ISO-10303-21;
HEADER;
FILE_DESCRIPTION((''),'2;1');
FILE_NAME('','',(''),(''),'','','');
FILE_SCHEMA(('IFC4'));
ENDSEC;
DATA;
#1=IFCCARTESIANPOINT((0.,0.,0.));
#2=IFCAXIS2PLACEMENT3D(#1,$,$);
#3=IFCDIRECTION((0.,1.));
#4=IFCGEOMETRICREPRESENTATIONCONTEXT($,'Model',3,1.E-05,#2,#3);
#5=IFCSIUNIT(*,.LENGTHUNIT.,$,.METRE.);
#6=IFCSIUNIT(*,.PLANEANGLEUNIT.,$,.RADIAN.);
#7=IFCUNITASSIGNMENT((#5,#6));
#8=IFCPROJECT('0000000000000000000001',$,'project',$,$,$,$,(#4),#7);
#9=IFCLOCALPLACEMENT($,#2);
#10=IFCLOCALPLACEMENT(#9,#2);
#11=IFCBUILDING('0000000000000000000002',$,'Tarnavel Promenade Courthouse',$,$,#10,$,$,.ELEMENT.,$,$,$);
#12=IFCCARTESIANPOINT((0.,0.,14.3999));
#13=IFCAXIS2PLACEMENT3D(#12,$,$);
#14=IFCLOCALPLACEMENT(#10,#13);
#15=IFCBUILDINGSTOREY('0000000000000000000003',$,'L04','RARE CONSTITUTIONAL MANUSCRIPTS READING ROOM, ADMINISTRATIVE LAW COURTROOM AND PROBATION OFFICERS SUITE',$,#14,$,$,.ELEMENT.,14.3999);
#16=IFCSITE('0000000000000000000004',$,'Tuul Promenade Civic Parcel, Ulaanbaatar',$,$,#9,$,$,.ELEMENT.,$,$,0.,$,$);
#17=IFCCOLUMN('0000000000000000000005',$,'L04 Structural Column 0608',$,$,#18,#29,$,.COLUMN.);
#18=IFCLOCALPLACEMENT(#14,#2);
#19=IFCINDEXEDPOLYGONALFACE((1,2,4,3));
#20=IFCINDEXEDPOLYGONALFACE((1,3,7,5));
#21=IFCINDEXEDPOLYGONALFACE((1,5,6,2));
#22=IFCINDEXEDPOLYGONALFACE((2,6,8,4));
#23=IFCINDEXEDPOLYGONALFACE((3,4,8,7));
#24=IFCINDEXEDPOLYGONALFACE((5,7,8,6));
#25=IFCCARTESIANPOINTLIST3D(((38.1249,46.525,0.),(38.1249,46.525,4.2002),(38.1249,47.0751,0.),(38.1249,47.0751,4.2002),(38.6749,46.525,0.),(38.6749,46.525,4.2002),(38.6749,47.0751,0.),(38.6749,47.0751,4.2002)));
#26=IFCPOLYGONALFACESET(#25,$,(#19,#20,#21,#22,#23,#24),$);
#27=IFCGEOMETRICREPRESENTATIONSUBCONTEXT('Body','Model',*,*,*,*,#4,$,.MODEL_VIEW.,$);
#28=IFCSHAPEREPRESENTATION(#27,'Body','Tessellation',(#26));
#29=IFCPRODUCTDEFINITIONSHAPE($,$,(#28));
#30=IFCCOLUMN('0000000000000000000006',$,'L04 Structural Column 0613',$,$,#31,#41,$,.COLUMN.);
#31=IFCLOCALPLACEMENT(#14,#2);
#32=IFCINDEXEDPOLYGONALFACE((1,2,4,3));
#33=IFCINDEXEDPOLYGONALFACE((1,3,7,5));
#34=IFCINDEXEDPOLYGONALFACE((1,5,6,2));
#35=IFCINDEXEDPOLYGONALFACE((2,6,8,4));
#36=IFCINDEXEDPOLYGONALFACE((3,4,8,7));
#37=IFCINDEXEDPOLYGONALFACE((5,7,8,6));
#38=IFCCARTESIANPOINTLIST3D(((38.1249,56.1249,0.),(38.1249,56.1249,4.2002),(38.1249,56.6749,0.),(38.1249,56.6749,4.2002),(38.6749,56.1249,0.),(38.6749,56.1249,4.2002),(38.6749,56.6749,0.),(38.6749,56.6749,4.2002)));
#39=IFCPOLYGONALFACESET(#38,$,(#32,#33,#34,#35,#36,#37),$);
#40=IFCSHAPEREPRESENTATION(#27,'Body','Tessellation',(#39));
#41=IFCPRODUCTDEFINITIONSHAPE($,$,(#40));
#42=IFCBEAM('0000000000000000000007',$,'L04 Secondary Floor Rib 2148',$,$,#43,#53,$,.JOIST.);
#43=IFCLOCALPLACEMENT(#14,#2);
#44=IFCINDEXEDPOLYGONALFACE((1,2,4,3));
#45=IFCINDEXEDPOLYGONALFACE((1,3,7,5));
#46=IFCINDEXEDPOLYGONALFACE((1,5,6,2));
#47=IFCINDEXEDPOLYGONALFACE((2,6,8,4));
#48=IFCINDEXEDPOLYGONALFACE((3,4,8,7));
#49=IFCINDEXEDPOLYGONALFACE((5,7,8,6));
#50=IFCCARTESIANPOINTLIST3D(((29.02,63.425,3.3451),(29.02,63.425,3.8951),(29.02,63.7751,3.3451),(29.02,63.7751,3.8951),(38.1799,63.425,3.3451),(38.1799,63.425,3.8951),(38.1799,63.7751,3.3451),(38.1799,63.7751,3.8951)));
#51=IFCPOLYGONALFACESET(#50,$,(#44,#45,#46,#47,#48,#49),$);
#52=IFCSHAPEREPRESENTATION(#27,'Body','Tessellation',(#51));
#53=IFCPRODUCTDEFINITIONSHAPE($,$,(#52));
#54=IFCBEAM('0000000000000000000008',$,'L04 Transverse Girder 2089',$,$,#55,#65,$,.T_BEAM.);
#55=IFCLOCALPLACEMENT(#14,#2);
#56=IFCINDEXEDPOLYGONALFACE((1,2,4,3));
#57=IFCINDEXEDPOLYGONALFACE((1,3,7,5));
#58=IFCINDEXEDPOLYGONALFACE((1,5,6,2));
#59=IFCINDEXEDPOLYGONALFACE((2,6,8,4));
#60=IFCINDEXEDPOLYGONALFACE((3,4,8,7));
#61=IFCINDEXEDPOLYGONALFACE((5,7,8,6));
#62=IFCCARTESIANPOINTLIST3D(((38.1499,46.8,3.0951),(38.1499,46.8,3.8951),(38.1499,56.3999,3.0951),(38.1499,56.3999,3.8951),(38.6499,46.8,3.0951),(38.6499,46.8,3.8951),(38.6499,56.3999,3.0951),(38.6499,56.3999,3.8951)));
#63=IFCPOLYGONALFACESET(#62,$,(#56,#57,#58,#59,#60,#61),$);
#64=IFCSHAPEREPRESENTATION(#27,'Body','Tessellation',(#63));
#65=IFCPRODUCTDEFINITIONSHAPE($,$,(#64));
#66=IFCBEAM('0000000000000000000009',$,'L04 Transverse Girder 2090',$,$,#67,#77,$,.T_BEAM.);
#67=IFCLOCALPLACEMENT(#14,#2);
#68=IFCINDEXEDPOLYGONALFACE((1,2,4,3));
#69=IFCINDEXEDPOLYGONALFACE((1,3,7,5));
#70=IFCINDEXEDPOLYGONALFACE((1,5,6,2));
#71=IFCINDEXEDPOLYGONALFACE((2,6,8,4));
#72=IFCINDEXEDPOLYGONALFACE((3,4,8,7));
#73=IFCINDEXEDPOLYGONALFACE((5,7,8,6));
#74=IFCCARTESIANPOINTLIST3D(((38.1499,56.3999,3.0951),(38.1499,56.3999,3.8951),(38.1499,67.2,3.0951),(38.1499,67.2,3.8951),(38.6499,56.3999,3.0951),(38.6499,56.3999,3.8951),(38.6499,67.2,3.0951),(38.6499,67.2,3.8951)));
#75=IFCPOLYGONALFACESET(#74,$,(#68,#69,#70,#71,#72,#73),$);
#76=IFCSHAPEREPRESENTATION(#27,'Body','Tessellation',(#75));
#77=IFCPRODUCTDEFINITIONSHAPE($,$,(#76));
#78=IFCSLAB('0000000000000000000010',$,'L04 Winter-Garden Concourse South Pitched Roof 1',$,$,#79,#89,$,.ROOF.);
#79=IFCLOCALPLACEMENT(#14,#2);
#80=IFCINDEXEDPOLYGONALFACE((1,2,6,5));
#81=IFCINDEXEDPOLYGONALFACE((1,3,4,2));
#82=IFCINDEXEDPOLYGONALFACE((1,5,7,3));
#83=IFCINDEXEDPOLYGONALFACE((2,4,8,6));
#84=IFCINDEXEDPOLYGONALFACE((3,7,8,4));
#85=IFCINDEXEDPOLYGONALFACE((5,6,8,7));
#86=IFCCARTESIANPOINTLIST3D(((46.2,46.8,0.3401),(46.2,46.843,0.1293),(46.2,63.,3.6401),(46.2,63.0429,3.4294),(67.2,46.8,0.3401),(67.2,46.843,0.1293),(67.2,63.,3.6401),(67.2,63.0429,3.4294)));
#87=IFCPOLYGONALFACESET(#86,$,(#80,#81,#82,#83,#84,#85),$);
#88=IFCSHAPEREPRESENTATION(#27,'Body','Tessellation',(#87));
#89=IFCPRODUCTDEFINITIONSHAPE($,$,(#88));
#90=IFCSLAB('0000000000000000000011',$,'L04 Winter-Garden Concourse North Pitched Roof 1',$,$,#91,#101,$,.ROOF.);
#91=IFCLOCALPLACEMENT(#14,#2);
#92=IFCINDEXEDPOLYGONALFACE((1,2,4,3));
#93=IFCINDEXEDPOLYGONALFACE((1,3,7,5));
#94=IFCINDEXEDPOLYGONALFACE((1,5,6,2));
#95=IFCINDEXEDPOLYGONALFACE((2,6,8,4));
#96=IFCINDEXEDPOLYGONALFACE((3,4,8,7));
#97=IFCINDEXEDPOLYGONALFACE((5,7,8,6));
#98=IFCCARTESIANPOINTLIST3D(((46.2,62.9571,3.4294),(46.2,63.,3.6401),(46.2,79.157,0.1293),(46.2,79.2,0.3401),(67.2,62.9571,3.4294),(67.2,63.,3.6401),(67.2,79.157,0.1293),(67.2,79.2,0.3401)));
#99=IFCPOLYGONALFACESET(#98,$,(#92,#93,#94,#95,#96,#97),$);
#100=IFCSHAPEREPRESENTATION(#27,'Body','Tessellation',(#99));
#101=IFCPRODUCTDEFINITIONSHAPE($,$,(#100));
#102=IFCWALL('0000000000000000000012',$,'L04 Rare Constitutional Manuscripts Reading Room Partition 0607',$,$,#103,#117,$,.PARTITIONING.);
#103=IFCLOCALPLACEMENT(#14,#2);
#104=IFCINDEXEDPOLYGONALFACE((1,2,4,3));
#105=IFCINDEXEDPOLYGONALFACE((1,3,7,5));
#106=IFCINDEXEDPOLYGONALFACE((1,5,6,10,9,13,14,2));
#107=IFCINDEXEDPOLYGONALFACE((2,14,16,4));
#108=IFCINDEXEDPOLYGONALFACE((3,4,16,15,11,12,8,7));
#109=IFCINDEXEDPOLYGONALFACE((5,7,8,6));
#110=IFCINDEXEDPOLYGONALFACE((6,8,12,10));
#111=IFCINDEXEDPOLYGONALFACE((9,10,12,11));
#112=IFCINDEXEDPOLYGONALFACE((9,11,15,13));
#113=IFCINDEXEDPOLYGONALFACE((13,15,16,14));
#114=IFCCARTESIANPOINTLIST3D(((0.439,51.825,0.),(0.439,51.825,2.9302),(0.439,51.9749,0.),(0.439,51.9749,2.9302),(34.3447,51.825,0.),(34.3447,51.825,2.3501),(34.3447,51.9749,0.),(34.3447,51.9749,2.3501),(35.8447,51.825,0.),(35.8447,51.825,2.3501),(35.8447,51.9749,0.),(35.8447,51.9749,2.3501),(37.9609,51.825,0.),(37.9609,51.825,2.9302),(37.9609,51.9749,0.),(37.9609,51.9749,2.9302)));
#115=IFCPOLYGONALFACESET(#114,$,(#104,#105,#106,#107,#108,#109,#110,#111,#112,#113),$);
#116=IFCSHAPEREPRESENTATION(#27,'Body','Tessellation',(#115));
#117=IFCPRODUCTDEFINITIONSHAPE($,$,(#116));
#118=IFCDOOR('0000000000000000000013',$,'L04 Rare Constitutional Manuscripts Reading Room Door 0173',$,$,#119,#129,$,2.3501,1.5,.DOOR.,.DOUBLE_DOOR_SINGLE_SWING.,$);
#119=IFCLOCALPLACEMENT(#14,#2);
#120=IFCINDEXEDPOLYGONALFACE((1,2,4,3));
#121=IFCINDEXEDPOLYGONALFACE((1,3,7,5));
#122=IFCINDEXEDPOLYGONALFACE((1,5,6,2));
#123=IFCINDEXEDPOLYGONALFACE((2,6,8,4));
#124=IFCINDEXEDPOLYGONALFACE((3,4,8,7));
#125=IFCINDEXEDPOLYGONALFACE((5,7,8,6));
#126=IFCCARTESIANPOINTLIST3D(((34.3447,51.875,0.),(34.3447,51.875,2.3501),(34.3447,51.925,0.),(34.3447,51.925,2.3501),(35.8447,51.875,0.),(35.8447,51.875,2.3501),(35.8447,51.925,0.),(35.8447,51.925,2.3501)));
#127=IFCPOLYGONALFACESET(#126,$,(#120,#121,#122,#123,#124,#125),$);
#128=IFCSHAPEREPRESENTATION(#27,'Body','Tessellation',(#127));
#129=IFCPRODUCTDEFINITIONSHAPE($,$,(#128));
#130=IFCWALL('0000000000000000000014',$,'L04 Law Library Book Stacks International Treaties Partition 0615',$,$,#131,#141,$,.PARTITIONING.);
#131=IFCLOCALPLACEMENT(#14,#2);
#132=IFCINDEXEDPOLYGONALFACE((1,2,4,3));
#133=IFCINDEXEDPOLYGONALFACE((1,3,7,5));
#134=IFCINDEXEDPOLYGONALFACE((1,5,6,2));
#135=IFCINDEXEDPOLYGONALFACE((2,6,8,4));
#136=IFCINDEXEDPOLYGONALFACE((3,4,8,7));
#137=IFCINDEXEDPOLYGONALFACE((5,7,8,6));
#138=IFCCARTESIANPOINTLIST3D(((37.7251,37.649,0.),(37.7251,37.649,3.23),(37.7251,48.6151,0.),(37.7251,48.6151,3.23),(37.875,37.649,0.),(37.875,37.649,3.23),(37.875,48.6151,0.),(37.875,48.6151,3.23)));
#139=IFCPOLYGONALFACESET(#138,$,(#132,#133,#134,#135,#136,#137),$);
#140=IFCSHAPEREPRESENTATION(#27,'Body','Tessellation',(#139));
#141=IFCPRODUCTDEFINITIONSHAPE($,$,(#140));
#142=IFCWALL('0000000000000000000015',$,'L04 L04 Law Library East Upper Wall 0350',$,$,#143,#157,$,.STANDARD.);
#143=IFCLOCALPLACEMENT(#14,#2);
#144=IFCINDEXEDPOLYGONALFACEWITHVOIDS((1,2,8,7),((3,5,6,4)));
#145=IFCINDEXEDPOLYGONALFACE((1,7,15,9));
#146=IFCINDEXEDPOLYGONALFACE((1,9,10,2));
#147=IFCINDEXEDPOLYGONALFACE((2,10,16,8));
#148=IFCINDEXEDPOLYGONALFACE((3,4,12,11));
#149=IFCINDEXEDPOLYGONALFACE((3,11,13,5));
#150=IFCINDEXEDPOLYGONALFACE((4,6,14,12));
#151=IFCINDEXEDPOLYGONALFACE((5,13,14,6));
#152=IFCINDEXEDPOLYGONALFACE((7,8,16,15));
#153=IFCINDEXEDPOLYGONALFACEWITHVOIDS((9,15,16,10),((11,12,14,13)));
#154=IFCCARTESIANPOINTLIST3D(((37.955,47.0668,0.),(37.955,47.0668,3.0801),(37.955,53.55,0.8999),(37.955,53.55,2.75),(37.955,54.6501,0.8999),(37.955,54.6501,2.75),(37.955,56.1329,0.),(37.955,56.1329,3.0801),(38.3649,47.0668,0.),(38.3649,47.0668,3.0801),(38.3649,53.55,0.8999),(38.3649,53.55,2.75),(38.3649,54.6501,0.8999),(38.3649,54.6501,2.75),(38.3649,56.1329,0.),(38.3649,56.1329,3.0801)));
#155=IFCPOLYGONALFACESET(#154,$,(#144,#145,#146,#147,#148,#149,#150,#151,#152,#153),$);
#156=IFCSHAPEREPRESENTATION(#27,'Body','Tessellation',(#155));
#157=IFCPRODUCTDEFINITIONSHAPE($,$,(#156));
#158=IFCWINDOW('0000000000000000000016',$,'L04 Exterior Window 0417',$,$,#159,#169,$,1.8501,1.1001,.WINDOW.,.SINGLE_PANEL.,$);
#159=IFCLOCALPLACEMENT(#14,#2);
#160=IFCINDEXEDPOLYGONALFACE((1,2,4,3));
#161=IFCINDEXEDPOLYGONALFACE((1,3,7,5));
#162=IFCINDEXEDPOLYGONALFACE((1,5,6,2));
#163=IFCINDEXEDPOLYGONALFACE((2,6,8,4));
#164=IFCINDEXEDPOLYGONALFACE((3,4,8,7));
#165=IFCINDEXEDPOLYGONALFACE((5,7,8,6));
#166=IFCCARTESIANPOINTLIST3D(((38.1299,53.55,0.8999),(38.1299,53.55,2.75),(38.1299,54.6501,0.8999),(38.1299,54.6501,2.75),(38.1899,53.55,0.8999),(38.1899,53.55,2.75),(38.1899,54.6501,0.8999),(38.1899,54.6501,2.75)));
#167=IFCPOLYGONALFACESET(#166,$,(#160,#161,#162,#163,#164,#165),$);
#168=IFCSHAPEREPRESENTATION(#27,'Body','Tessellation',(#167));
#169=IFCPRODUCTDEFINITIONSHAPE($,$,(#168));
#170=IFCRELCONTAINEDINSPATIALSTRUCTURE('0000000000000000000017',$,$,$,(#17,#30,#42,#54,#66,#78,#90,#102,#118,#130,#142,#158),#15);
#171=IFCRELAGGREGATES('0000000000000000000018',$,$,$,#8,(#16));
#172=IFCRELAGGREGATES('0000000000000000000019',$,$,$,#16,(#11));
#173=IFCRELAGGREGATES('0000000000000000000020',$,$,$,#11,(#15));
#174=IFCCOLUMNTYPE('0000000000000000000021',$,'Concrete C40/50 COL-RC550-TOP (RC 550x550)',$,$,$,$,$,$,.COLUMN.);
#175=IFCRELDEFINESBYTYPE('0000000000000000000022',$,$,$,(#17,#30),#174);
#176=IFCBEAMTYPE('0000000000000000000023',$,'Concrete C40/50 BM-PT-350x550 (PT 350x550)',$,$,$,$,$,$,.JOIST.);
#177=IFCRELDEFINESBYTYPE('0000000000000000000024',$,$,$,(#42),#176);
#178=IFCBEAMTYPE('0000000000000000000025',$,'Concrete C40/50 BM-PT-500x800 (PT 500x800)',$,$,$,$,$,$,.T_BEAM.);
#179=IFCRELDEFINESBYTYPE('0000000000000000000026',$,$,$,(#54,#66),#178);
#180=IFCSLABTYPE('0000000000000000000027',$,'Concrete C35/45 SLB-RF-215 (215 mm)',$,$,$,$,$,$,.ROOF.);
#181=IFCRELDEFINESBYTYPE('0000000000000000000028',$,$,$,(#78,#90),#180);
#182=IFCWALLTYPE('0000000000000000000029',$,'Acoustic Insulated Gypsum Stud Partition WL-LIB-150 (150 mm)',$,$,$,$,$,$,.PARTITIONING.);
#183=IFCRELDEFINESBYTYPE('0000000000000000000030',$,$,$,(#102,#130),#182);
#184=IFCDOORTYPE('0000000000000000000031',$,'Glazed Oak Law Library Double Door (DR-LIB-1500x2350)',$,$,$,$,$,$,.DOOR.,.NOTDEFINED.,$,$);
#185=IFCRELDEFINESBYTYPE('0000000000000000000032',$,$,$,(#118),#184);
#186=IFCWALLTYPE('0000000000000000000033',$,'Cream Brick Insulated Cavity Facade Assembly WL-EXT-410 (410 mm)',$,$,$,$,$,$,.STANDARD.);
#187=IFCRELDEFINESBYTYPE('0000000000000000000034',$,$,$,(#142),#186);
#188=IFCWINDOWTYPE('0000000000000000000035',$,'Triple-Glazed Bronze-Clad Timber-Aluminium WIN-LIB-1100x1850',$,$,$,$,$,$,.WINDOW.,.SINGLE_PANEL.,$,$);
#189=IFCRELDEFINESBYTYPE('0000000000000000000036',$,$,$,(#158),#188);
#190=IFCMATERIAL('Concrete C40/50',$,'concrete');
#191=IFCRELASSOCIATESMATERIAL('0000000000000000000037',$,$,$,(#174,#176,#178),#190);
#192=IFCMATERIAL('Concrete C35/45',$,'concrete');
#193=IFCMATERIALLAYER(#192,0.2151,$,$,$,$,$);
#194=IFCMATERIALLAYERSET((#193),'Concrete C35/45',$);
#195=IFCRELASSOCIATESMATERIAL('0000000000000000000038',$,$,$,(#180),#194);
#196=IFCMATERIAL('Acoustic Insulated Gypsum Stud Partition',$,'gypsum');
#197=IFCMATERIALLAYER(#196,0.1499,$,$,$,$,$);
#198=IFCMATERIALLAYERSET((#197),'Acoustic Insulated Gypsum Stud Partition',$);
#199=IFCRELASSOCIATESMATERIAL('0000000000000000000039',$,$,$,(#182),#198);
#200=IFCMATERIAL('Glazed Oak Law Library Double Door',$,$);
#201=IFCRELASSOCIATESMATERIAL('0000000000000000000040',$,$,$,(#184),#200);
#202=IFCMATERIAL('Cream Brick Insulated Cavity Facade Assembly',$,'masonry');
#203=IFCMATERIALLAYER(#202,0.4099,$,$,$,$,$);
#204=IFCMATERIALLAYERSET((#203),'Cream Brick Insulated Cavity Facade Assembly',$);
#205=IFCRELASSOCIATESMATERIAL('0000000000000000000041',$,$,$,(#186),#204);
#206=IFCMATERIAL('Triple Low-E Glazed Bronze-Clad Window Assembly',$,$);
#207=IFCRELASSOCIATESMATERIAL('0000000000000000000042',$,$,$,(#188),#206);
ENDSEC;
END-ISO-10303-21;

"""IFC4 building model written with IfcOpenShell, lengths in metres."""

from ifc_helpers import new_model, si_unit, direction, frame, frame_2d, origin, origin_2d, place, context, subcontext, project, spatial, polyline, rectangle, outline, extrude, material, layer, layer_set, material_profile, profile_set, type_object, element, fill, save


model = new_model("IFC4")

# Units and contexts
model_context = context("Model", 3, precision=1e-05, world=origin(), true_north=direction((0.0, 1.0)))
body_context = subcontext(model_context, "Body", "Model", "MODEL_VIEW")
ifc_project = project(units=[si_unit("LENGTHUNIT", "METRE"), si_unit("PLANEANGLEUNIT", "RADIAN")], contexts=[model_context])

# Site, building, storey
site_placement = place(None, origin())
site = spatial("IfcSite", under=ifc_project, at=site_placement, Name="Tuul Promenade Civic Parcel, Ulaanbaatar", CompositionType="ELEMENT", RefElevation=0.0)
building_placement = place(site_placement, origin())
building = spatial("IfcBuilding", under=site, at=building_placement, Name="Tarnavel Promenade Courthouse", CompositionType="ELEMENT")
storey_placement = place(building_placement, frame((0.0, 0.0, 14.3999)))
storey = spatial("IfcBuildingStorey", under=building, at=storey_placement, Name="L04", Description="RARE CONSTITUTIONAL MANUSCRIPTS READING ROOM, ADMINISTRATIVE LAW COURTROOM AND PROBATION OFFICERS SUITE", CompositionType="ELEMENT", Elevation=14.3999)

# Columns
ifc_material_1 = material(Name="Concrete C40/50", Category="concrete")
ifc_material_profile_1 = material_profile(ifc_material_1, rectangle(XDim=0.55, YDim=0.55, at=origin_2d()), Name="RC 550x550")
ifc_profile_set_1 = profile_set([ifc_material_profile_1], Name="Concrete C40/50")
column_type = type_object("IfcColumnType", Name="Concrete C40/50 COL-RC550-TOP (RC 550x550)", PredefinedType="COLUMN", material=ifc_profile_set_1)
for number, where, z_axis, x_axis, name in (
    (1, (38.3999, 46.8, 0.0), (0.0, 0.0, 1.0), (1.0, 0.0, 0.0), "L04 Structural Column 0608"),
    (2, (38.3999, 56.3999, 0.0), (0.0, 0.0, 1.0), (1.0, 0.0, 0.0), "L04 Structural Column 0613"),
):
    element("IfcColumn", number, at=place(storey_placement, frame(where, z_axis=z_axis, x_axis=x_axis)), inside=storey, type_object=column_type, Name=name, PredefinedType="COLUMN", context=body_context, shape_type="SweptSolid", body=[
        extrude(rectangle(XDim=0.55, YDim=0.55, at=origin_2d()), origin(), (0.0, 0.0, 1.0), 4.2002),
    ])

# Beams
ifc_material_profile_2 = material_profile(ifc_material_1, rectangle(XDim=0.3501, YDim=0.55, at=origin_2d()), Name="PT 350x550")
ifc_profile_set_2 = profile_set([ifc_material_profile_2], Name="Concrete C40/50")
beam_type_1 = type_object("IfcBeamType", Name="Concrete C40/50 BM-PT-350x550 (PT 350x550)", PredefinedType="JOIST", material=ifc_profile_set_2)
beam_1_placement = place(storey_placement, frame((29.02, 63.6001, 3.6201), z_axis=(1.0, 0.0, 0.0), x_axis=(0.0, 1.0, 0.0)))
element("IfcBeam", 3, at=beam_1_placement, inside=storey, type_object=beam_type_1, Name="L04 Secondary Floor Rib 2148", PredefinedType="JOIST", context=body_context, shape_type="SweptSolid", body=[
    extrude(rectangle(XDim=0.3501, YDim=0.55, at=origin_2d()), origin(), (0.0, 0.0, 1.0), 9.1599),
])
ifc_material_profile_3 = material_profile(ifc_material_1, rectangle(XDim=0.5, YDim=0.8, at=origin_2d()), Name="PT 500x800")
ifc_profile_set_3 = profile_set([ifc_material_profile_3], Name="Concrete C40/50")
beam_type_2 = type_object("IfcBeamType", Name="Concrete C40/50 BM-PT-500x800 (PT 500x800)", PredefinedType="T_BEAM", material=ifc_profile_set_3)
beam_2_placement = place(storey_placement, frame((38.3999, 46.8, 3.4951), z_axis=(0.0, 1.0, 0.0), x_axis=(-1.0, 0.0, 0.0)))
element("IfcBeam", 4, at=beam_2_placement, inside=storey, type_object=beam_type_2, Name="L04 Transverse Girder 2089", PredefinedType="T_BEAM", context=body_context, shape_type="SweptSolid", body=[
    extrude(rectangle(XDim=0.5, YDim=0.8, at=origin_2d()), origin(), (0.0, 0.0, 1.0), 9.5999),
])
beam_3_placement = place(storey_placement, frame((38.3999, 56.3999, 3.4951), z_axis=(0.0, 1.0, 0.0), x_axis=(-1.0, 0.0, 0.0)))
element("IfcBeam", 5, at=beam_3_placement, inside=storey, type_object=beam_type_2, Name="L04 Transverse Girder 2090", PredefinedType="T_BEAM", context=body_context, shape_type="SweptSolid", body=[
    extrude(rectangle(XDim=0.5, YDim=0.8, at=origin_2d()), origin(), (0.0, 0.0, 1.0), 10.8),
])

# Slabs
ifc_material_2 = material(Name="Concrete C35/45", Category="concrete")
ifc_layer_1 = layer(ifc_material_2, 0.2151)
ifc_layer_set_1 = layer_set([ifc_layer_1], Name="Concrete C35/45")
slab_type = type_object("IfcSlabType", Name="Concrete C35/45 SLB-RF-215 (215 mm)", PredefinedType="ROOF", material=ifc_layer_set_1)
for number, where, z_axis, x_axis, name in (
    (6, (46.2, 46.8, 0.3401), (0.0, -0.199608, 0.979876), (1.0, 0.0, 0.0), "L04 Winter-Garden Concourse South Pitched Roof 1"),
    (7, (46.2, 63.0, 3.6401), (0.0, 0.199608, 0.979876), (1.0, 0.0, 0.0), "L04 Winter-Garden Concourse North Pitched Roof 1"),
):
    element("IfcSlab", number, at=place(storey_placement, frame(where, z_axis=z_axis, x_axis=x_axis)), inside=storey, type_object=slab_type, Name=name, PredefinedType="ROOF", context=body_context, shape_type="SweptSolid", body=[
        extrude(outline(polyline([(0.0, 0.0), (21.0, 0.0), (21.0, 16.5327), (0.0, 16.5327), (0.0, 0.0)])), origin(), (0.0, 0.0, -1.0), 0.2151),
    ])

# Wall, opening, door
ifc_material_3 = material(Name="Acoustic Insulated Gypsum Stud Partition", Category="gypsum")
ifc_layer_2 = layer(ifc_material_3, 0.1499)
ifc_layer_set_2 = layer_set([ifc_layer_2], Name="Acoustic Insulated Gypsum Stud Partition")
wall_type_1 = type_object("IfcWallType", Name="Acoustic Insulated Gypsum Stud Partition WL-LIB-150 (150 mm)", PredefinedType="PARTITIONING", material=ifc_layer_set_2)
wall_1_placement = place(storey_placement, frame((37.9609, 51.8999, 0.0), z_axis=(0.0, 0.0, 1.0), x_axis=(-1.0, 0.0, 0.0)))
wall_1 = element("IfcWall", 8, at=wall_1_placement, inside=storey, type_object=wall_type_1, Name="L04 Rare Constitutional Manuscripts Reading Room Partition 0607", PredefinedType="PARTITIONING", context=body_context, shape_type="SweptSolid", body=[
    extrude(rectangle(XDim=37.522, YDim=0.1499, at=frame_2d((18.761, 0.0))), origin(), (0.0, 0.0, 1.0), 2.9302),
])
opening_1_placement = place(wall_1_placement, frame((2.1162, 0.0, 0.0)))
opening_1 = element("IfcOpeningElement", 9, at=opening_1_placement, cuts=wall_1, PredefinedType="OPENING", context=body_context, shape_type="SweptSolid", body=[
    extrude(rectangle(XDim=1.5, YDim=2.3501, at=frame_2d((0.75, 1.175))), frame((0.0, 0.085, 0.0), z_axis=(0.0, -1.0, 0.0), x_axis=(1.0, 0.0, 0.0)), (0.0, 0.0, 1.0), 0.1699),
])
ifc_material_4 = material(Name="Glazed Oak Law Library Double Door")
door_type = type_object("IfcDoorType", Name="Glazed Oak Law Library Double Door (DR-LIB-1500x2350)", OperationType="NOTDEFINED", PredefinedType="DOOR", material=ifc_material_4)
door_placement = place(opening_1_placement, origin())
door = element("IfcDoor", 10, at=door_placement, inside=storey, type_object=door_type, Name="L04 Rare Constitutional Manuscripts Reading Room Door 0173", OperationType="DOUBLE_DOOR_SINGLE_SWING", OverallHeight=2.3501, OverallWidth=1.5, PredefinedType="DOOR", context=body_context, shape_type="SweptSolid", body=[
    extrude(rectangle(XDim=1.5, YDim=2.3501, at=frame_2d((0.75, 1.175))), frame((0.0, 0.0249, 0.0), z_axis=(0.0, -1.0, 0.0), x_axis=(1.0, 0.0, 0.0)), (0.0, 0.0, 1.0), 0.05),
])
fill(opening_1, door)

# Wall
wall_2_placement = place(storey_placement, frame((37.8, 48.615, 0.0), z_axis=(0.0, 0.0, 1.0), x_axis=(0.0, -1.0, 0.0)))
element("IfcWall", 11, at=wall_2_placement, inside=storey, type_object=wall_type_1, Name="L04 Law Library Book Stacks International Treaties Partition 0615", PredefinedType="PARTITIONING", context=body_context, shape_type="SweptSolid", body=[
    extrude(rectangle(XDim=10.9661, YDim=0.1499, at=frame_2d((5.4829, 0.0))), origin(), (0.0, 0.0, 1.0), 3.23),
])

# Wall, opening, window
ifc_material_5 = material(Name="Cream Brick Insulated Cavity Facade Assembly", Category="masonry")
ifc_layer_3 = layer(ifc_material_5, 0.4099)
ifc_layer_set_3 = layer_set([ifc_layer_3], Name="Cream Brick Insulated Cavity Facade Assembly")
wall_type_2 = type_object("IfcWallType", Name="Cream Brick Insulated Cavity Facade Assembly WL-EXT-410 (410 mm)", PredefinedType="STANDARD", material=ifc_layer_set_3)
wall_3_placement = place(storey_placement, frame((38.1599, 56.1331, 0.0), z_axis=(0.0, 0.0, 1.0), x_axis=(0.0, -1.0, 0.0)))
wall_3 = element("IfcWall", 12, at=wall_3_placement, inside=storey, type_object=wall_type_2, Name="L04 L04 Law Library East Upper Wall 0350", PredefinedType="STANDARD", context=body_context, shape_type="SweptSolid", body=[
    extrude(rectangle(XDim=9.0662, YDim=0.4099, at=frame_2d((4.5332, 0.0))), origin(), (0.0, 0.0, 1.0), 3.0801),
])
opening_2_placement = place(wall_3_placement, frame((1.4829, 0.0, 0.8999)))
opening_2 = element("IfcOpeningElement", 13, at=opening_2_placement, cuts=wall_3, PredefinedType="OPENING", context=body_context, shape_type="SweptSolid", body=[
    extrude(rectangle(XDim=1.1001, YDim=1.8501, at=frame_2d((0.55, 0.925))), frame((0.0, 0.2148, 0.0), z_axis=(0.0, -1.0, 0.0), x_axis=(1.0, 0.0, 0.0)), (0.0, 0.0, 1.0), 0.4299),
])
ifc_material_6 = material(Name="Triple Low-E Glazed Bronze-Clad Window Assembly")
window_type = type_object("IfcWindowType", Name="Triple-Glazed Bronze-Clad Timber-Aluminium WIN-LIB-1100x1850", PartitioningType="SINGLE_PANEL", PredefinedType="WINDOW", material=ifc_material_6)
window_placement = place(opening_2_placement, origin())
window = element("IfcWindow", 14, at=window_placement, inside=storey, type_object=window_type, Name="L04 Exterior Window 0417", OverallHeight=1.8501, OverallWidth=1.1001, PartitioningType="SINGLE_PANEL", PredefinedType="WINDOW", context=body_context, shape_type="SweptSolid", body=[
    extrude(rectangle(XDim=1.1001, YDim=1.8501, at=frame_2d((0.55, 0.925))), frame((0.0, 0.03, 0.0), z_axis=(0.0, -1.0, 0.0), x_axis=(1.0, 0.0, 0.0)), (0.0, 0.0, 1.0), 0.0601),
])
fill(opening_2, window)

save(model, "model.ifc")
